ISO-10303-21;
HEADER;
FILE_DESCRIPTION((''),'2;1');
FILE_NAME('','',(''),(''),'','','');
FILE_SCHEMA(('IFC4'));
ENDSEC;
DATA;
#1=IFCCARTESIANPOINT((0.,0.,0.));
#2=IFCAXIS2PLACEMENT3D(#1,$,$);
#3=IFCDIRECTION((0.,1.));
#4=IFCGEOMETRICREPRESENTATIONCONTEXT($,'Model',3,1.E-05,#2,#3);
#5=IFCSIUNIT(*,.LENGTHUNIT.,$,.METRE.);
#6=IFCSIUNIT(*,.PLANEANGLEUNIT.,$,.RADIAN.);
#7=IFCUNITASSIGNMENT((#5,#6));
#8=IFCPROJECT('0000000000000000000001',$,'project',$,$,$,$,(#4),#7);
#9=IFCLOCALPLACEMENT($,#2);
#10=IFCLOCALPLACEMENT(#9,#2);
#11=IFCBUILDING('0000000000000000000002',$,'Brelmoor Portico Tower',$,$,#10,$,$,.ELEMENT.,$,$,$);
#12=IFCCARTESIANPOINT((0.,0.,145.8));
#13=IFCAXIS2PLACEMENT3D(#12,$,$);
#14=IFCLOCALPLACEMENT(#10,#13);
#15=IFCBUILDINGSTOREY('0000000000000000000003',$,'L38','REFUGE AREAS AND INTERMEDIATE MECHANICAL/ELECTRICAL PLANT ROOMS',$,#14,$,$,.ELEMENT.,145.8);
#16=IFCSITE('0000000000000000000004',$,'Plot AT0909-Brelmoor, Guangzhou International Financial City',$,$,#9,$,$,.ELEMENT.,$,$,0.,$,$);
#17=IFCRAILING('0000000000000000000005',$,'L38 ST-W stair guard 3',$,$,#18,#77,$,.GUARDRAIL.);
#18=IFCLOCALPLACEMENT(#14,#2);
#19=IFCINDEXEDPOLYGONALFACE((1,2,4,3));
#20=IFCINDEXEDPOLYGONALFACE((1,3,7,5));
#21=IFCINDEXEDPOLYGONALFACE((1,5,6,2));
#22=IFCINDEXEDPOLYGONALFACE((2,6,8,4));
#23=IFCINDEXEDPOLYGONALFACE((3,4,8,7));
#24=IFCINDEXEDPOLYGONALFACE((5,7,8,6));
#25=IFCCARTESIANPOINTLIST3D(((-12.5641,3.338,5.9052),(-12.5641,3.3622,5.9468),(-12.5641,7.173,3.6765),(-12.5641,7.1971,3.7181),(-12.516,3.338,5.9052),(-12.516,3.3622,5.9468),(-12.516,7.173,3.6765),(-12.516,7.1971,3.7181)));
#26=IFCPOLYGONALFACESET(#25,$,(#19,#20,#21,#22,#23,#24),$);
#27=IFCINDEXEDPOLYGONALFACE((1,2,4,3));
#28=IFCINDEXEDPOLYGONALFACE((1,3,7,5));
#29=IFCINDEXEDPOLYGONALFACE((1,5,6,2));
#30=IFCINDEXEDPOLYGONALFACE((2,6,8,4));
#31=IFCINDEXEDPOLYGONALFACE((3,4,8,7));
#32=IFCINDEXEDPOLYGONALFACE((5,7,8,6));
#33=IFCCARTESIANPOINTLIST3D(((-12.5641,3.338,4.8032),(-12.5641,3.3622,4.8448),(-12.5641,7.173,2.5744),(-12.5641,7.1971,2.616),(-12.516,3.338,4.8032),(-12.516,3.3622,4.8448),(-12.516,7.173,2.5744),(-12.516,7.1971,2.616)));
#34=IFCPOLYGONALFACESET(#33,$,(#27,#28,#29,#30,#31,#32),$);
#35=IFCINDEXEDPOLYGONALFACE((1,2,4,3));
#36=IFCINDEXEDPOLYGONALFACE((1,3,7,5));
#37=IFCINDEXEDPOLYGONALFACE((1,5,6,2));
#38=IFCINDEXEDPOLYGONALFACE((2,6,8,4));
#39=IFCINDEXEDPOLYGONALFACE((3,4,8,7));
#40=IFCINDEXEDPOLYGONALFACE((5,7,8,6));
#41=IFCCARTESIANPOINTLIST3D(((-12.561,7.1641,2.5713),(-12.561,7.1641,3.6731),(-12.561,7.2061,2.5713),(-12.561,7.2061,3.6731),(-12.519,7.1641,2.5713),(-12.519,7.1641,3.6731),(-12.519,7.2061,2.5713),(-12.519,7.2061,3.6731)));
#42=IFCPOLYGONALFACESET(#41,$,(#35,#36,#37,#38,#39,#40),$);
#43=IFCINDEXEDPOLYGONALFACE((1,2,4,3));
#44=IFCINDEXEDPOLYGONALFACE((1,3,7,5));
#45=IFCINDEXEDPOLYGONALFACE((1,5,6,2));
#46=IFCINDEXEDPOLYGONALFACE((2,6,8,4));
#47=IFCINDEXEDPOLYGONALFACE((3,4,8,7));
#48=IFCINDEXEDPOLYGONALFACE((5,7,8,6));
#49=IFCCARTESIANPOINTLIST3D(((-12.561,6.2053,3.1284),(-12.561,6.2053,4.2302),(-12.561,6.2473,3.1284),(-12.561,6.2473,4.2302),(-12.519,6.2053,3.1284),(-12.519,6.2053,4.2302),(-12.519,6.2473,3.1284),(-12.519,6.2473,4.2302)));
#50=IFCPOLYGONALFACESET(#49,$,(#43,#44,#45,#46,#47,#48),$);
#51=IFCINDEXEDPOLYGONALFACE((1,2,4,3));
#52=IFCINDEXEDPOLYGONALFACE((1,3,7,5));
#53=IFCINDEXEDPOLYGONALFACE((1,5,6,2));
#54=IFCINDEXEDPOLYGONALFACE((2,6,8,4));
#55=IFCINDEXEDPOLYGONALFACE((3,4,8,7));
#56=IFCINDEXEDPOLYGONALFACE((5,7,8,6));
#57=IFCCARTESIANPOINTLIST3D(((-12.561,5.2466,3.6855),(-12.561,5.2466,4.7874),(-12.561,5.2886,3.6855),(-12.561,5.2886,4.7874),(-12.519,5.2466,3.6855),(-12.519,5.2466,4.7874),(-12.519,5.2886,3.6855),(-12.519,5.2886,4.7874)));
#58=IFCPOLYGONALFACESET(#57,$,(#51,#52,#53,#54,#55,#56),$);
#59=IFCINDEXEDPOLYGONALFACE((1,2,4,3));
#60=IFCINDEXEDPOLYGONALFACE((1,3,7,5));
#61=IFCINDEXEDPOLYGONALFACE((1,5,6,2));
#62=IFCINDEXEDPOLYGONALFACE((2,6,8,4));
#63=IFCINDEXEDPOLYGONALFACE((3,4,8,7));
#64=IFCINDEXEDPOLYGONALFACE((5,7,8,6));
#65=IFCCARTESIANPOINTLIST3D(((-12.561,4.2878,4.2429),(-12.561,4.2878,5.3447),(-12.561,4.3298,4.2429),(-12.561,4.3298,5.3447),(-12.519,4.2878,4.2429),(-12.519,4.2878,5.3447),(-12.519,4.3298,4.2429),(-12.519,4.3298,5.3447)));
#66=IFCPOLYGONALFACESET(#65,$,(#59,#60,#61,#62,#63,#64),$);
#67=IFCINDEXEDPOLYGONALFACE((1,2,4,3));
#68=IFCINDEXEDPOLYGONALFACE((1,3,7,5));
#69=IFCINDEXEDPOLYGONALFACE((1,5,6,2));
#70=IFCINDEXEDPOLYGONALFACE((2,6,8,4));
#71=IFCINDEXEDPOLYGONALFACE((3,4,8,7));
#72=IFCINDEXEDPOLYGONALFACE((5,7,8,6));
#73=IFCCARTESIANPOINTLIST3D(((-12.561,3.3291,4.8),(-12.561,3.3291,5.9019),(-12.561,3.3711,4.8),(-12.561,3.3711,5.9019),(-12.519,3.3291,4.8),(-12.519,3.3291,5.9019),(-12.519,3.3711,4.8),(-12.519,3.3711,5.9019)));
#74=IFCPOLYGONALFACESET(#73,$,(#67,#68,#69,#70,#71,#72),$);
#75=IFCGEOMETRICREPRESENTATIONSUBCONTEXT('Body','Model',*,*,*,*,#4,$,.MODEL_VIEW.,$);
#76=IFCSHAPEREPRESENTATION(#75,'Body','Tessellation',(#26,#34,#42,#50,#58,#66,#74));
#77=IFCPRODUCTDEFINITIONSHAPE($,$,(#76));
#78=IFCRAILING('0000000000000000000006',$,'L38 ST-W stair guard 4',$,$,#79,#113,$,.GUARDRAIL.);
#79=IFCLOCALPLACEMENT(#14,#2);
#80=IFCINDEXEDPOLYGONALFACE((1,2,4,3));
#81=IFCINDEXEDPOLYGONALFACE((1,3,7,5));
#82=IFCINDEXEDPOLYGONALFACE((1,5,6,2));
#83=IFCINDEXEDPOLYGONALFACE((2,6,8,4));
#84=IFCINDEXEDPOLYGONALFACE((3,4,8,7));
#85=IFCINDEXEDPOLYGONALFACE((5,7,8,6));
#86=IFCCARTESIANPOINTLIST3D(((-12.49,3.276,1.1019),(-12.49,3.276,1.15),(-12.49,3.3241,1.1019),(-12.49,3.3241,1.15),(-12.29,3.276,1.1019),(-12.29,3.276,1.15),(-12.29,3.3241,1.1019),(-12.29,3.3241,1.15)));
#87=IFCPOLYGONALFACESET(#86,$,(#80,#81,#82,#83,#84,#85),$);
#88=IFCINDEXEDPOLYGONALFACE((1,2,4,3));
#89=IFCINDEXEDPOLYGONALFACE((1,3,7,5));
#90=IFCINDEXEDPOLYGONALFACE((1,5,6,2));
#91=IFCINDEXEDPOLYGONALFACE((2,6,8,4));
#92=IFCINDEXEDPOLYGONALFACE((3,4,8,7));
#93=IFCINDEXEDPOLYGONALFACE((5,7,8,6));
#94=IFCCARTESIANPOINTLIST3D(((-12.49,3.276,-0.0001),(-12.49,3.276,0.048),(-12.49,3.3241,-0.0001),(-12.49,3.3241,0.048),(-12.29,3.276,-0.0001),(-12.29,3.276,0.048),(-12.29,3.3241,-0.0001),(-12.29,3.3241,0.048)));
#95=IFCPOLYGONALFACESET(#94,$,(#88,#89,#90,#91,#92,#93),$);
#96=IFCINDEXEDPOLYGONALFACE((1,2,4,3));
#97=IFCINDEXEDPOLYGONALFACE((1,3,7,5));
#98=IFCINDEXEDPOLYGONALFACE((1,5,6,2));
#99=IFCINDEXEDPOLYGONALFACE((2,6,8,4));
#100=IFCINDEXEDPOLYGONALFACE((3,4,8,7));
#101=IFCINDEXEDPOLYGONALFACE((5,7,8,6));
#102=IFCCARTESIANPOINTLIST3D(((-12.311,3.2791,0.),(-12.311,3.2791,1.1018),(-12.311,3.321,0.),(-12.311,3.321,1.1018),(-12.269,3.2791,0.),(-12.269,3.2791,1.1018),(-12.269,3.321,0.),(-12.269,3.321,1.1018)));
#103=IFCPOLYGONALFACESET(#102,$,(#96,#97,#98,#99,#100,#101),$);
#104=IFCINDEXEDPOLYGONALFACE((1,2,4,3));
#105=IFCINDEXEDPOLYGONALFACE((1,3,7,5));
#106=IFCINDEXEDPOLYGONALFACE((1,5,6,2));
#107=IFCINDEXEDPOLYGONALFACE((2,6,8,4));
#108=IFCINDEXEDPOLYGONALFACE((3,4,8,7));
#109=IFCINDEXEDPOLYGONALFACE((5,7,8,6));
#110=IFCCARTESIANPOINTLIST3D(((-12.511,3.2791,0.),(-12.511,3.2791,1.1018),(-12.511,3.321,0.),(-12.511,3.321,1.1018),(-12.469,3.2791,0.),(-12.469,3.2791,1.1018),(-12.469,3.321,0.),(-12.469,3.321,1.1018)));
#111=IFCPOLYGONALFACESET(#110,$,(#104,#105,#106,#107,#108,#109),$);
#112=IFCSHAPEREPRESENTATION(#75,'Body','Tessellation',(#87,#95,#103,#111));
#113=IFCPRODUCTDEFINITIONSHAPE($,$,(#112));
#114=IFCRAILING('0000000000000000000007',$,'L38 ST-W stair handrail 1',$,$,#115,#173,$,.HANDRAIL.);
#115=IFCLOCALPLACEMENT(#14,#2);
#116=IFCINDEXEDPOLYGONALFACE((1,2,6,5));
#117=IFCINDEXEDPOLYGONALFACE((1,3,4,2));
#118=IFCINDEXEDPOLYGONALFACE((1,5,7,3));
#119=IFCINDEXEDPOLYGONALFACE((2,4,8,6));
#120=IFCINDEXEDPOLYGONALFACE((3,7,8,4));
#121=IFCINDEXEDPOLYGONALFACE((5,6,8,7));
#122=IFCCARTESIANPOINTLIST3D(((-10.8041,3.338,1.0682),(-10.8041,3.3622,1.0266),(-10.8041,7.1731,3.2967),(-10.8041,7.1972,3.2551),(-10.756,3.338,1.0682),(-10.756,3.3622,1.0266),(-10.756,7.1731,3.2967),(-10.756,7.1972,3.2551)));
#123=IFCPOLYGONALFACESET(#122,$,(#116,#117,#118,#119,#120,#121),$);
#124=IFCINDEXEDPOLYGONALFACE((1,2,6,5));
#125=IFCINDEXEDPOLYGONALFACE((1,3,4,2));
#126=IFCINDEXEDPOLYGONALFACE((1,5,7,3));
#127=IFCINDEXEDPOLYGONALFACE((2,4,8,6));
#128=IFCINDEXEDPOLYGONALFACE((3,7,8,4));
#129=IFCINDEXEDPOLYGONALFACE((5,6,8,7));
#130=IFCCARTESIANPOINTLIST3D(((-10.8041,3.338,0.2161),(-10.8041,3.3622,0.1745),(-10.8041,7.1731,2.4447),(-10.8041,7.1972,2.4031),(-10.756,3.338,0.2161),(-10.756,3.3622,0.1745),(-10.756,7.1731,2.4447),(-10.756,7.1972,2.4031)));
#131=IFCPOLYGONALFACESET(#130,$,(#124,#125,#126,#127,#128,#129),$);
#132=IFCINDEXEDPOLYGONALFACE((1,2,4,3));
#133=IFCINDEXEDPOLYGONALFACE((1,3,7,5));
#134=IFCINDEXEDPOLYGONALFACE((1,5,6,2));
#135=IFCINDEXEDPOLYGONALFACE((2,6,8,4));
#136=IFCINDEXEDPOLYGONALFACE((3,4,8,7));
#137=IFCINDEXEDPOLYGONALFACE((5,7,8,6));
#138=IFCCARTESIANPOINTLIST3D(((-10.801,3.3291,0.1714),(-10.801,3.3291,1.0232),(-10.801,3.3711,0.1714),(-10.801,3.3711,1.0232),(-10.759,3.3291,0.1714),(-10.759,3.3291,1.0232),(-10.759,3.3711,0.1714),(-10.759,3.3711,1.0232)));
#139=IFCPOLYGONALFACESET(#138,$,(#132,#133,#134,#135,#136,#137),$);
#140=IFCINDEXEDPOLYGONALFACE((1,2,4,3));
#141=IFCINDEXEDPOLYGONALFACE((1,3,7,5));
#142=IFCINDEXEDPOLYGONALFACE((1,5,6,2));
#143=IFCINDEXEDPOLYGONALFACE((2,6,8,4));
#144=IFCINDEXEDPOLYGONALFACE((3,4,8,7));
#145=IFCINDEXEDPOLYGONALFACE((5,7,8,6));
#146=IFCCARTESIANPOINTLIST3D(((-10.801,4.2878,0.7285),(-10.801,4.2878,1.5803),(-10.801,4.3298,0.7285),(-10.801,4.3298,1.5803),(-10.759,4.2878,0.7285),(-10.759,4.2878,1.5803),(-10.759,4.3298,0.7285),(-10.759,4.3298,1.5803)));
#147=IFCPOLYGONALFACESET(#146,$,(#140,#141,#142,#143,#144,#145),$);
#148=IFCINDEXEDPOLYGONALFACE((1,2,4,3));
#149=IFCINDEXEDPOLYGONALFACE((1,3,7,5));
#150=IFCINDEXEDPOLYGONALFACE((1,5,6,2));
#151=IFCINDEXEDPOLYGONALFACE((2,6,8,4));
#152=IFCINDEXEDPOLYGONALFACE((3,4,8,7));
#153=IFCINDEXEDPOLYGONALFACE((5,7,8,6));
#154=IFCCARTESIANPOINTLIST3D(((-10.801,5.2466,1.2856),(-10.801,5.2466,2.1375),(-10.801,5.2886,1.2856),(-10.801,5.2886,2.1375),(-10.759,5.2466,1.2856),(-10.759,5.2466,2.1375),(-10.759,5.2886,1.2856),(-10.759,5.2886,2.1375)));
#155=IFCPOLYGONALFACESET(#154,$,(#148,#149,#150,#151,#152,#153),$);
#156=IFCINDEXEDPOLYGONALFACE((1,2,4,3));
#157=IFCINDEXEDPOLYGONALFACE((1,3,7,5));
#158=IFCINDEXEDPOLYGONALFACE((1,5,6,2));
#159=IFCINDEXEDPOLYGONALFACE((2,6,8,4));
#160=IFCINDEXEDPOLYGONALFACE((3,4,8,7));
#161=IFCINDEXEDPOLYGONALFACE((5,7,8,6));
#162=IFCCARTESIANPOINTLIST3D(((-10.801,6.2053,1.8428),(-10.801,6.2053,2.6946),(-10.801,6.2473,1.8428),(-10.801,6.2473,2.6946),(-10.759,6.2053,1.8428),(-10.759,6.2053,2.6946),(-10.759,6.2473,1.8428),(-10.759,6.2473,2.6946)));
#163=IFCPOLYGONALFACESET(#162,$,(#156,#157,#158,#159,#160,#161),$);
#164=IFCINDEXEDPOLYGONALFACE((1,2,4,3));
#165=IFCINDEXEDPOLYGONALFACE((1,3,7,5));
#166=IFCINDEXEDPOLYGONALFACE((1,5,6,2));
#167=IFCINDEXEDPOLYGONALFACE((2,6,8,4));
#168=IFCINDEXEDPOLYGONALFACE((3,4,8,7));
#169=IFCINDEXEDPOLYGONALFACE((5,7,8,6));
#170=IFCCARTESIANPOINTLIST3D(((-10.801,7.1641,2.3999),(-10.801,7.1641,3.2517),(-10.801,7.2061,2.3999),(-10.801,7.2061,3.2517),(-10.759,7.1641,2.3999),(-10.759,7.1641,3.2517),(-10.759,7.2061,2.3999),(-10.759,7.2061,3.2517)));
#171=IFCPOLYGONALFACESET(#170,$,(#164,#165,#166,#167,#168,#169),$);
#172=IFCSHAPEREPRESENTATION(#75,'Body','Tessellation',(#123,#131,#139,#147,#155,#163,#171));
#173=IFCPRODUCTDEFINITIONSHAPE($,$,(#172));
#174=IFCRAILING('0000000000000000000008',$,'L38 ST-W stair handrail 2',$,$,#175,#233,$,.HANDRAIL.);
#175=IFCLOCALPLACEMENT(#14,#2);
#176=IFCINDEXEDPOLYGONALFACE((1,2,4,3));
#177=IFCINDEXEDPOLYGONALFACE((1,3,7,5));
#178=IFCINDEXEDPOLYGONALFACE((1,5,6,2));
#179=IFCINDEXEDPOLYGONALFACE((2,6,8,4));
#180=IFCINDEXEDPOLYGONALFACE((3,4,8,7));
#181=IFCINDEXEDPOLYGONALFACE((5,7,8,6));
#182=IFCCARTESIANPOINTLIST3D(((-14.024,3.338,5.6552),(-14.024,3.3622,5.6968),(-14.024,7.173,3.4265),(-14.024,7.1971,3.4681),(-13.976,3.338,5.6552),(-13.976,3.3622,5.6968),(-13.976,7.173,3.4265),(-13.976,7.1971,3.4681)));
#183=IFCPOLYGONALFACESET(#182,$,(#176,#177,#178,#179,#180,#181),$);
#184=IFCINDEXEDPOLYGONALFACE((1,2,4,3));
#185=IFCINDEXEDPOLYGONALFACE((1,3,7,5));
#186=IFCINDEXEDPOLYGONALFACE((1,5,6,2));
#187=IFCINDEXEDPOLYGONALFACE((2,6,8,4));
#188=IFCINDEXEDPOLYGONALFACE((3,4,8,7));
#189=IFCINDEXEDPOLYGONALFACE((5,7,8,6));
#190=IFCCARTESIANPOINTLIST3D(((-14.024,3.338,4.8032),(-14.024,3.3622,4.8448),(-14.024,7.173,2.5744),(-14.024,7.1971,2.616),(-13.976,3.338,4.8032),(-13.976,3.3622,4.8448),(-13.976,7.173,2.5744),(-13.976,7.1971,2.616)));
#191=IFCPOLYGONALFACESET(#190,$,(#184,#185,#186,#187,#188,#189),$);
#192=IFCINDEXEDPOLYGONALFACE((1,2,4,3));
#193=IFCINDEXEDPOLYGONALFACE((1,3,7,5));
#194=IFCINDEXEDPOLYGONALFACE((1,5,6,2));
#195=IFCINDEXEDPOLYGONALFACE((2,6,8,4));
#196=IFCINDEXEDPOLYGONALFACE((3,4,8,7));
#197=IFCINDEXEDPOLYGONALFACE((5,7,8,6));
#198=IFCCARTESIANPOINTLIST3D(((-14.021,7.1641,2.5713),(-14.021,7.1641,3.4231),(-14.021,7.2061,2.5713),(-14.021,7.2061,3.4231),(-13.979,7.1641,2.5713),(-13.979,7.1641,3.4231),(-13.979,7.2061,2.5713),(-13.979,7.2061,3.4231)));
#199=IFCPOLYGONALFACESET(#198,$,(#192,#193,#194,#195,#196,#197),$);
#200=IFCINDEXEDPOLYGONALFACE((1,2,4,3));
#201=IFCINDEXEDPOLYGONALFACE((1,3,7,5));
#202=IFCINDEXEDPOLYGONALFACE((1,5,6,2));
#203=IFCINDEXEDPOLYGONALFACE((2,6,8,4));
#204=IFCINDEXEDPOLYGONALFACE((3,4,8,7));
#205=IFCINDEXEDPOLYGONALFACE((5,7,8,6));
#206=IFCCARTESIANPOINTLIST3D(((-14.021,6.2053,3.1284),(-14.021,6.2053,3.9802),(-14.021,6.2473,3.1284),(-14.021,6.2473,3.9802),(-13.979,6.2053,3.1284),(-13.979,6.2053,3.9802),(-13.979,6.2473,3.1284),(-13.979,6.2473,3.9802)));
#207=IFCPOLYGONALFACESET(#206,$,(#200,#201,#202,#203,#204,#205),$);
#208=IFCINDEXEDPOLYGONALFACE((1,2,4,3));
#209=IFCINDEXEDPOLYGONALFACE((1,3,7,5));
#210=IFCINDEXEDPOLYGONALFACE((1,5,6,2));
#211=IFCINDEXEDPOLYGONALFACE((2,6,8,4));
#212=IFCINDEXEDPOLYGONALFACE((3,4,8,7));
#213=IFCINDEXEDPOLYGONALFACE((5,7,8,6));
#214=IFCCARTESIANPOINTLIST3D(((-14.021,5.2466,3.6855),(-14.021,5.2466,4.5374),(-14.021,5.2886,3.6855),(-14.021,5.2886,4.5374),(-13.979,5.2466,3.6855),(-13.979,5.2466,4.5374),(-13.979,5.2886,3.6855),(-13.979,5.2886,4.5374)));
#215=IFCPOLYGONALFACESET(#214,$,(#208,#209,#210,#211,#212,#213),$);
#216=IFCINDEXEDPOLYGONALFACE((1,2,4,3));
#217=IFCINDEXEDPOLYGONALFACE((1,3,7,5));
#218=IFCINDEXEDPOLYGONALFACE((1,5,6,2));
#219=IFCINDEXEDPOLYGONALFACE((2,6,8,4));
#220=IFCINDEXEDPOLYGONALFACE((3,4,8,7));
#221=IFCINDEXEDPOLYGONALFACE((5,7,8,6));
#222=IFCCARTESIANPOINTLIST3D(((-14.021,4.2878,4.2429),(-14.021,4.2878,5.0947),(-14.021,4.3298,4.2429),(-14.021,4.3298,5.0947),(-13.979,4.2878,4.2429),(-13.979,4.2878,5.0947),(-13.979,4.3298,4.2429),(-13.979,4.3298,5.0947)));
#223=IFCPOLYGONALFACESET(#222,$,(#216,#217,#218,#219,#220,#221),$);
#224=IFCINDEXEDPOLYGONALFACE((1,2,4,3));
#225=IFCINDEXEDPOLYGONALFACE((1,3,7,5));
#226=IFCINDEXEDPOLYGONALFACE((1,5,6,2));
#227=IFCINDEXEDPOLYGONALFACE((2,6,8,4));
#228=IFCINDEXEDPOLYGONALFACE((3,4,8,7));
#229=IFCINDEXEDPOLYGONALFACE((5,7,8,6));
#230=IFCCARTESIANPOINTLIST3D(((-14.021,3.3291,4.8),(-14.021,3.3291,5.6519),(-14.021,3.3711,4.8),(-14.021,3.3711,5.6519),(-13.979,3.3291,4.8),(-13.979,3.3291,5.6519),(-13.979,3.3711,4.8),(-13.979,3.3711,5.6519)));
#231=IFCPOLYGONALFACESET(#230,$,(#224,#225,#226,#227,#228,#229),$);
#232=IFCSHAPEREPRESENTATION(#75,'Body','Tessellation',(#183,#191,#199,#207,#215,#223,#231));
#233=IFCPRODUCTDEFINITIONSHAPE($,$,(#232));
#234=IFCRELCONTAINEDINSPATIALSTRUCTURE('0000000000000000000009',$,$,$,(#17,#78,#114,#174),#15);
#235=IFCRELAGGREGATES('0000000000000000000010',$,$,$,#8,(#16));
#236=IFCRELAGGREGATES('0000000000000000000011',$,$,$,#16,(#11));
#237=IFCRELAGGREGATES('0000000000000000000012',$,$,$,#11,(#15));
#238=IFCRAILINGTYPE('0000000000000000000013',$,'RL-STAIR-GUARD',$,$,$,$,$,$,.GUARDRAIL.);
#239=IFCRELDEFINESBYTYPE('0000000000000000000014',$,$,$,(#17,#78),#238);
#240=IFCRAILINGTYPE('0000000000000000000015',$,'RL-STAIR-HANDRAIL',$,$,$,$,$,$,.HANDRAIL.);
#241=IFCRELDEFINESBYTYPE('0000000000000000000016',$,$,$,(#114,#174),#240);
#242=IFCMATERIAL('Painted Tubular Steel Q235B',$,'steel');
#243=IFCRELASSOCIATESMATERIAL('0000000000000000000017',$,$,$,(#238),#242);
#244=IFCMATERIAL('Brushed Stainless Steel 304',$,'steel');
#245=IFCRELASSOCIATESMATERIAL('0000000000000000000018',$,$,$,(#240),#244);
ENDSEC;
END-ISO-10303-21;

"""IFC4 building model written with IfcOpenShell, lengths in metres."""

from ifc_helpers import new_model, si_unit, direction, frame, origin, origin_2d, place, context, subcontext, project, spatial, rectangle, extrude, material, type_object, element, save


model = new_model("IFC4")

# Units and contexts
model_context = context("Model", 3, precision=1e-05, world=origin(), true_north=direction((0.0, 1.0)))
body_context = subcontext(model_context, "Body", "Model", "MODEL_VIEW")
ifc_project = project(units=[si_unit("LENGTHUNIT", "METRE"), si_unit("PLANEANGLEUNIT", "RADIAN")], contexts=[model_context])

# Site, building, storey
site_placement = place(None, origin())
site = spatial("IfcSite", under=ifc_project, at=site_placement, Name="Plot AT0909-Brelmoor, Guangzhou International Financial City", CompositionType="ELEMENT", RefElevation=0.0)
building_placement = place(site_placement, origin())
building = spatial("IfcBuilding", under=site, at=building_placement, Name="Brelmoor Portico Tower", CompositionType="ELEMENT")
storey_placement = place(building_placement, frame((0.0, 0.0, 145.8)))
storey = spatial("IfcBuildingStorey", under=building, at=storey_placement, Name="L38", Description="REFUGE AREAS AND INTERMEDIATE MECHANICAL/ELECTRICAL PLANT ROOMS", CompositionType="ELEMENT", Elevation=145.8)

# Railings
ifc_material_1 = material(Name="Painted Tubular Steel Q235B", Category="steel")
railing_type_1 = type_object("IfcRailingType", Name="RL-STAIR-GUARD", PredefinedType="GUARDRAIL", material=ifc_material_1)
railing_1_placement = place(storey_placement, frame((-12.54, 7.1851, 2.5713)))
element("IfcRailing", 1, at=railing_1_placement, inside=storey, type_object=railing_type_1, Name="L38 ST-W stair guard 3", PredefinedType="GUARDRAIL", context=body_context, shape_type="SweptSolid", body=[
    extrude(rectangle(XDim=0.0481, YDim=0.0481, at=origin_2d()), frame((0.0, 0.0, 1.126), z_axis=(0.0, -0.864592, 0.502474), x_axis=(1.0, 0.0, 0.0)), (0.0, 0.0, 1.0), 4.4355),
    extrude(rectangle(XDim=0.0481, YDim=0.0481, at=origin_2d()), frame((0.0, 0.0, 0.0239), z_axis=(0.0, -0.864592, 0.502474), x_axis=(1.0, 0.0, 0.0)), (0.0, 0.0, 1.0), 4.4355),
    extrude(rectangle(XDim=0.042, YDim=0.042, at=origin_2d()), origin(), (0.0, 0.0, 1.0), 1.1018),
    extrude(rectangle(XDim=0.042, YDim=0.042, at=origin_2d()), frame((0.0, -0.9587, 0.5571)), (0.0, 0.0, 1.0), 1.1018),
    extrude(rectangle(XDim=0.042, YDim=0.042, at=origin_2d()), frame((0.0, -1.9175, 1.1143)), (0.0, 0.0, 1.0), 1.1018),
    extrude(rectangle(XDim=0.042, YDim=0.042, at=origin_2d()), frame((0.0, -2.8762, 1.6716)), (0.0, 0.0, 1.0), 1.1018),
    extrude(rectangle(XDim=0.042, YDim=0.042, at=origin_2d()), frame((0.0, -3.835, 2.2288)), (0.0, 0.0, 1.0), 1.1018),
])
railing_2_placement = place(storey_placement, frame((-12.29, 3.3, 0.0)))
element("IfcRailing", 2, at=railing_2_placement, inside=storey, type_object=railing_type_1, Name="L38 ST-W stair guard 4", PredefinedType="GUARDRAIL", context=body_context, shape_type="SweptSolid", body=[
    extrude(rectangle(XDim=0.0481, YDim=0.0481, at=origin_2d()), frame((0.0, 0.0, 1.126), z_axis=(-1.0, 0.0, 0.0), x_axis=(0.0, -1.0, 0.0)), (0.0, 0.0, 1.0), 0.2),
    extrude(rectangle(XDim=0.0481, YDim=0.0481, at=origin_2d()), frame((0.0, 0.0, 0.0239), z_axis=(-1.0, 0.0, 0.0), x_axis=(0.0, -1.0, 0.0)), (0.0, 0.0, 1.0), 0.2),
    extrude(rectangle(XDim=0.042, YDim=0.042, at=origin_2d()), origin(), (0.0, 0.0, 1.0), 1.1018),
    extrude(rectangle(XDim=0.042, YDim=0.042, at=origin_2d()), frame((-0.2, 0.0, 0.0)), (0.0, 0.0, 1.0), 1.1018),
])
ifc_material_2 = material(Name="Brushed Stainless Steel 304", Category="steel")
railing_type_2 = type_object("IfcRailingType", Name="RL-STAIR-HANDRAIL", PredefinedType="HANDRAIL", material=ifc_material_2)
railing_3_placement = place(storey_placement, frame((-10.78, 3.3501, 0.1714)))
element("IfcRailing", 3, at=railing_3_placement, inside=storey, type_object=railing_type_2, Name="L38 ST-W stair handrail 1", PredefinedType="HANDRAIL", context=body_context, shape_type="SweptSolid", body=[
    extrude(rectangle(XDim=0.0481, YDim=0.0481, at=origin_2d()), frame((0.0, 0.0, 0.876), z_axis=(0.0, 0.864616, 0.502433), x_axis=(-1.0, 0.0, 0.0)), (0.0, 0.0, 1.0), 4.4355),
    extrude(rectangle(XDim=0.0481, YDim=0.0481, at=origin_2d()), frame((0.0, 0.0, 0.0239), z_axis=(0.0, 0.864616, 0.502433), x_axis=(-1.0, 0.0, 0.0)), (0.0, 0.0, 1.0), 4.4355),
    extrude(rectangle(XDim=0.042, YDim=0.042, at=origin_2d()), origin(), (0.0, 0.0, 1.0), 0.8518),
    extrude(rectangle(XDim=0.042, YDim=0.042, at=origin_2d()), frame((0.0, 0.9587, 0.5571)), (0.0, 0.0, 1.0), 0.8518),
    extrude(rectangle(XDim=0.042, YDim=0.042, at=origin_2d()), frame((0.0, 1.9175, 1.1143)), (0.0, 0.0, 1.0), 0.8518),
    extrude(rectangle(XDim=0.042, YDim=0.042, at=origin_2d()), frame((0.0, 2.8762, 1.6714)), (0.0, 0.0, 1.0), 0.8518),
    extrude(rectangle(XDim=0.042, YDim=0.042, at=origin_2d()), frame((0.0, 3.835, 2.2285)), (0.0, 0.0, 1.0), 0.8518),
])
railing_4_placement = place(storey_placement, frame((-14.0, 7.1851, 2.5713)))
element("IfcRailing", 4, at=railing_4_placement, inside=storey, type_object=railing_type_2, Name="L38 ST-W stair handrail 2", PredefinedType="HANDRAIL", context=body_context, shape_type="SweptSolid", body=[
    extrude(rectangle(XDim=0.0481, YDim=0.0481, at=origin_2d()), frame((0.0, 0.0, 0.876), z_axis=(0.0, -0.864592, 0.502474), x_axis=(1.0, 0.0, 0.0)), (0.0, 0.0, 1.0), 4.4355),
    extrude(rectangle(XDim=0.0481, YDim=0.0481, at=origin_2d()), frame((0.0, 0.0, 0.0239), z_axis=(0.0, -0.864592, 0.502474), x_axis=(1.0, 0.0, 0.0)), (0.0, 0.0, 1.0), 4.4355),
    extrude(rectangle(XDim=0.042, YDim=0.042, at=origin_2d()), origin(), (0.0, 0.0, 1.0), 0.8518),
    extrude(rectangle(XDim=0.042, YDim=0.042, at=origin_2d()), frame((0.0, -0.9587, 0.5571)), (0.0, 0.0, 1.0), 0.8518),
    extrude(rectangle(XDim=0.042, YDim=0.042, at=origin_2d()), frame((0.0, -1.9175, 1.1143)), (0.0, 0.0, 1.0), 0.8518),
    extrude(rectangle(XDim=0.042, YDim=0.042, at=origin_2d()), frame((0.0, -2.8762, 1.6716)), (0.0, 0.0, 1.0), 0.8518),
    extrude(rectangle(XDim=0.042, YDim=0.042, at=origin_2d()), frame((0.0, -3.835, 2.2288)), (0.0, 0.0, 1.0), 0.8518),
])

save(model, "model.ifc")
